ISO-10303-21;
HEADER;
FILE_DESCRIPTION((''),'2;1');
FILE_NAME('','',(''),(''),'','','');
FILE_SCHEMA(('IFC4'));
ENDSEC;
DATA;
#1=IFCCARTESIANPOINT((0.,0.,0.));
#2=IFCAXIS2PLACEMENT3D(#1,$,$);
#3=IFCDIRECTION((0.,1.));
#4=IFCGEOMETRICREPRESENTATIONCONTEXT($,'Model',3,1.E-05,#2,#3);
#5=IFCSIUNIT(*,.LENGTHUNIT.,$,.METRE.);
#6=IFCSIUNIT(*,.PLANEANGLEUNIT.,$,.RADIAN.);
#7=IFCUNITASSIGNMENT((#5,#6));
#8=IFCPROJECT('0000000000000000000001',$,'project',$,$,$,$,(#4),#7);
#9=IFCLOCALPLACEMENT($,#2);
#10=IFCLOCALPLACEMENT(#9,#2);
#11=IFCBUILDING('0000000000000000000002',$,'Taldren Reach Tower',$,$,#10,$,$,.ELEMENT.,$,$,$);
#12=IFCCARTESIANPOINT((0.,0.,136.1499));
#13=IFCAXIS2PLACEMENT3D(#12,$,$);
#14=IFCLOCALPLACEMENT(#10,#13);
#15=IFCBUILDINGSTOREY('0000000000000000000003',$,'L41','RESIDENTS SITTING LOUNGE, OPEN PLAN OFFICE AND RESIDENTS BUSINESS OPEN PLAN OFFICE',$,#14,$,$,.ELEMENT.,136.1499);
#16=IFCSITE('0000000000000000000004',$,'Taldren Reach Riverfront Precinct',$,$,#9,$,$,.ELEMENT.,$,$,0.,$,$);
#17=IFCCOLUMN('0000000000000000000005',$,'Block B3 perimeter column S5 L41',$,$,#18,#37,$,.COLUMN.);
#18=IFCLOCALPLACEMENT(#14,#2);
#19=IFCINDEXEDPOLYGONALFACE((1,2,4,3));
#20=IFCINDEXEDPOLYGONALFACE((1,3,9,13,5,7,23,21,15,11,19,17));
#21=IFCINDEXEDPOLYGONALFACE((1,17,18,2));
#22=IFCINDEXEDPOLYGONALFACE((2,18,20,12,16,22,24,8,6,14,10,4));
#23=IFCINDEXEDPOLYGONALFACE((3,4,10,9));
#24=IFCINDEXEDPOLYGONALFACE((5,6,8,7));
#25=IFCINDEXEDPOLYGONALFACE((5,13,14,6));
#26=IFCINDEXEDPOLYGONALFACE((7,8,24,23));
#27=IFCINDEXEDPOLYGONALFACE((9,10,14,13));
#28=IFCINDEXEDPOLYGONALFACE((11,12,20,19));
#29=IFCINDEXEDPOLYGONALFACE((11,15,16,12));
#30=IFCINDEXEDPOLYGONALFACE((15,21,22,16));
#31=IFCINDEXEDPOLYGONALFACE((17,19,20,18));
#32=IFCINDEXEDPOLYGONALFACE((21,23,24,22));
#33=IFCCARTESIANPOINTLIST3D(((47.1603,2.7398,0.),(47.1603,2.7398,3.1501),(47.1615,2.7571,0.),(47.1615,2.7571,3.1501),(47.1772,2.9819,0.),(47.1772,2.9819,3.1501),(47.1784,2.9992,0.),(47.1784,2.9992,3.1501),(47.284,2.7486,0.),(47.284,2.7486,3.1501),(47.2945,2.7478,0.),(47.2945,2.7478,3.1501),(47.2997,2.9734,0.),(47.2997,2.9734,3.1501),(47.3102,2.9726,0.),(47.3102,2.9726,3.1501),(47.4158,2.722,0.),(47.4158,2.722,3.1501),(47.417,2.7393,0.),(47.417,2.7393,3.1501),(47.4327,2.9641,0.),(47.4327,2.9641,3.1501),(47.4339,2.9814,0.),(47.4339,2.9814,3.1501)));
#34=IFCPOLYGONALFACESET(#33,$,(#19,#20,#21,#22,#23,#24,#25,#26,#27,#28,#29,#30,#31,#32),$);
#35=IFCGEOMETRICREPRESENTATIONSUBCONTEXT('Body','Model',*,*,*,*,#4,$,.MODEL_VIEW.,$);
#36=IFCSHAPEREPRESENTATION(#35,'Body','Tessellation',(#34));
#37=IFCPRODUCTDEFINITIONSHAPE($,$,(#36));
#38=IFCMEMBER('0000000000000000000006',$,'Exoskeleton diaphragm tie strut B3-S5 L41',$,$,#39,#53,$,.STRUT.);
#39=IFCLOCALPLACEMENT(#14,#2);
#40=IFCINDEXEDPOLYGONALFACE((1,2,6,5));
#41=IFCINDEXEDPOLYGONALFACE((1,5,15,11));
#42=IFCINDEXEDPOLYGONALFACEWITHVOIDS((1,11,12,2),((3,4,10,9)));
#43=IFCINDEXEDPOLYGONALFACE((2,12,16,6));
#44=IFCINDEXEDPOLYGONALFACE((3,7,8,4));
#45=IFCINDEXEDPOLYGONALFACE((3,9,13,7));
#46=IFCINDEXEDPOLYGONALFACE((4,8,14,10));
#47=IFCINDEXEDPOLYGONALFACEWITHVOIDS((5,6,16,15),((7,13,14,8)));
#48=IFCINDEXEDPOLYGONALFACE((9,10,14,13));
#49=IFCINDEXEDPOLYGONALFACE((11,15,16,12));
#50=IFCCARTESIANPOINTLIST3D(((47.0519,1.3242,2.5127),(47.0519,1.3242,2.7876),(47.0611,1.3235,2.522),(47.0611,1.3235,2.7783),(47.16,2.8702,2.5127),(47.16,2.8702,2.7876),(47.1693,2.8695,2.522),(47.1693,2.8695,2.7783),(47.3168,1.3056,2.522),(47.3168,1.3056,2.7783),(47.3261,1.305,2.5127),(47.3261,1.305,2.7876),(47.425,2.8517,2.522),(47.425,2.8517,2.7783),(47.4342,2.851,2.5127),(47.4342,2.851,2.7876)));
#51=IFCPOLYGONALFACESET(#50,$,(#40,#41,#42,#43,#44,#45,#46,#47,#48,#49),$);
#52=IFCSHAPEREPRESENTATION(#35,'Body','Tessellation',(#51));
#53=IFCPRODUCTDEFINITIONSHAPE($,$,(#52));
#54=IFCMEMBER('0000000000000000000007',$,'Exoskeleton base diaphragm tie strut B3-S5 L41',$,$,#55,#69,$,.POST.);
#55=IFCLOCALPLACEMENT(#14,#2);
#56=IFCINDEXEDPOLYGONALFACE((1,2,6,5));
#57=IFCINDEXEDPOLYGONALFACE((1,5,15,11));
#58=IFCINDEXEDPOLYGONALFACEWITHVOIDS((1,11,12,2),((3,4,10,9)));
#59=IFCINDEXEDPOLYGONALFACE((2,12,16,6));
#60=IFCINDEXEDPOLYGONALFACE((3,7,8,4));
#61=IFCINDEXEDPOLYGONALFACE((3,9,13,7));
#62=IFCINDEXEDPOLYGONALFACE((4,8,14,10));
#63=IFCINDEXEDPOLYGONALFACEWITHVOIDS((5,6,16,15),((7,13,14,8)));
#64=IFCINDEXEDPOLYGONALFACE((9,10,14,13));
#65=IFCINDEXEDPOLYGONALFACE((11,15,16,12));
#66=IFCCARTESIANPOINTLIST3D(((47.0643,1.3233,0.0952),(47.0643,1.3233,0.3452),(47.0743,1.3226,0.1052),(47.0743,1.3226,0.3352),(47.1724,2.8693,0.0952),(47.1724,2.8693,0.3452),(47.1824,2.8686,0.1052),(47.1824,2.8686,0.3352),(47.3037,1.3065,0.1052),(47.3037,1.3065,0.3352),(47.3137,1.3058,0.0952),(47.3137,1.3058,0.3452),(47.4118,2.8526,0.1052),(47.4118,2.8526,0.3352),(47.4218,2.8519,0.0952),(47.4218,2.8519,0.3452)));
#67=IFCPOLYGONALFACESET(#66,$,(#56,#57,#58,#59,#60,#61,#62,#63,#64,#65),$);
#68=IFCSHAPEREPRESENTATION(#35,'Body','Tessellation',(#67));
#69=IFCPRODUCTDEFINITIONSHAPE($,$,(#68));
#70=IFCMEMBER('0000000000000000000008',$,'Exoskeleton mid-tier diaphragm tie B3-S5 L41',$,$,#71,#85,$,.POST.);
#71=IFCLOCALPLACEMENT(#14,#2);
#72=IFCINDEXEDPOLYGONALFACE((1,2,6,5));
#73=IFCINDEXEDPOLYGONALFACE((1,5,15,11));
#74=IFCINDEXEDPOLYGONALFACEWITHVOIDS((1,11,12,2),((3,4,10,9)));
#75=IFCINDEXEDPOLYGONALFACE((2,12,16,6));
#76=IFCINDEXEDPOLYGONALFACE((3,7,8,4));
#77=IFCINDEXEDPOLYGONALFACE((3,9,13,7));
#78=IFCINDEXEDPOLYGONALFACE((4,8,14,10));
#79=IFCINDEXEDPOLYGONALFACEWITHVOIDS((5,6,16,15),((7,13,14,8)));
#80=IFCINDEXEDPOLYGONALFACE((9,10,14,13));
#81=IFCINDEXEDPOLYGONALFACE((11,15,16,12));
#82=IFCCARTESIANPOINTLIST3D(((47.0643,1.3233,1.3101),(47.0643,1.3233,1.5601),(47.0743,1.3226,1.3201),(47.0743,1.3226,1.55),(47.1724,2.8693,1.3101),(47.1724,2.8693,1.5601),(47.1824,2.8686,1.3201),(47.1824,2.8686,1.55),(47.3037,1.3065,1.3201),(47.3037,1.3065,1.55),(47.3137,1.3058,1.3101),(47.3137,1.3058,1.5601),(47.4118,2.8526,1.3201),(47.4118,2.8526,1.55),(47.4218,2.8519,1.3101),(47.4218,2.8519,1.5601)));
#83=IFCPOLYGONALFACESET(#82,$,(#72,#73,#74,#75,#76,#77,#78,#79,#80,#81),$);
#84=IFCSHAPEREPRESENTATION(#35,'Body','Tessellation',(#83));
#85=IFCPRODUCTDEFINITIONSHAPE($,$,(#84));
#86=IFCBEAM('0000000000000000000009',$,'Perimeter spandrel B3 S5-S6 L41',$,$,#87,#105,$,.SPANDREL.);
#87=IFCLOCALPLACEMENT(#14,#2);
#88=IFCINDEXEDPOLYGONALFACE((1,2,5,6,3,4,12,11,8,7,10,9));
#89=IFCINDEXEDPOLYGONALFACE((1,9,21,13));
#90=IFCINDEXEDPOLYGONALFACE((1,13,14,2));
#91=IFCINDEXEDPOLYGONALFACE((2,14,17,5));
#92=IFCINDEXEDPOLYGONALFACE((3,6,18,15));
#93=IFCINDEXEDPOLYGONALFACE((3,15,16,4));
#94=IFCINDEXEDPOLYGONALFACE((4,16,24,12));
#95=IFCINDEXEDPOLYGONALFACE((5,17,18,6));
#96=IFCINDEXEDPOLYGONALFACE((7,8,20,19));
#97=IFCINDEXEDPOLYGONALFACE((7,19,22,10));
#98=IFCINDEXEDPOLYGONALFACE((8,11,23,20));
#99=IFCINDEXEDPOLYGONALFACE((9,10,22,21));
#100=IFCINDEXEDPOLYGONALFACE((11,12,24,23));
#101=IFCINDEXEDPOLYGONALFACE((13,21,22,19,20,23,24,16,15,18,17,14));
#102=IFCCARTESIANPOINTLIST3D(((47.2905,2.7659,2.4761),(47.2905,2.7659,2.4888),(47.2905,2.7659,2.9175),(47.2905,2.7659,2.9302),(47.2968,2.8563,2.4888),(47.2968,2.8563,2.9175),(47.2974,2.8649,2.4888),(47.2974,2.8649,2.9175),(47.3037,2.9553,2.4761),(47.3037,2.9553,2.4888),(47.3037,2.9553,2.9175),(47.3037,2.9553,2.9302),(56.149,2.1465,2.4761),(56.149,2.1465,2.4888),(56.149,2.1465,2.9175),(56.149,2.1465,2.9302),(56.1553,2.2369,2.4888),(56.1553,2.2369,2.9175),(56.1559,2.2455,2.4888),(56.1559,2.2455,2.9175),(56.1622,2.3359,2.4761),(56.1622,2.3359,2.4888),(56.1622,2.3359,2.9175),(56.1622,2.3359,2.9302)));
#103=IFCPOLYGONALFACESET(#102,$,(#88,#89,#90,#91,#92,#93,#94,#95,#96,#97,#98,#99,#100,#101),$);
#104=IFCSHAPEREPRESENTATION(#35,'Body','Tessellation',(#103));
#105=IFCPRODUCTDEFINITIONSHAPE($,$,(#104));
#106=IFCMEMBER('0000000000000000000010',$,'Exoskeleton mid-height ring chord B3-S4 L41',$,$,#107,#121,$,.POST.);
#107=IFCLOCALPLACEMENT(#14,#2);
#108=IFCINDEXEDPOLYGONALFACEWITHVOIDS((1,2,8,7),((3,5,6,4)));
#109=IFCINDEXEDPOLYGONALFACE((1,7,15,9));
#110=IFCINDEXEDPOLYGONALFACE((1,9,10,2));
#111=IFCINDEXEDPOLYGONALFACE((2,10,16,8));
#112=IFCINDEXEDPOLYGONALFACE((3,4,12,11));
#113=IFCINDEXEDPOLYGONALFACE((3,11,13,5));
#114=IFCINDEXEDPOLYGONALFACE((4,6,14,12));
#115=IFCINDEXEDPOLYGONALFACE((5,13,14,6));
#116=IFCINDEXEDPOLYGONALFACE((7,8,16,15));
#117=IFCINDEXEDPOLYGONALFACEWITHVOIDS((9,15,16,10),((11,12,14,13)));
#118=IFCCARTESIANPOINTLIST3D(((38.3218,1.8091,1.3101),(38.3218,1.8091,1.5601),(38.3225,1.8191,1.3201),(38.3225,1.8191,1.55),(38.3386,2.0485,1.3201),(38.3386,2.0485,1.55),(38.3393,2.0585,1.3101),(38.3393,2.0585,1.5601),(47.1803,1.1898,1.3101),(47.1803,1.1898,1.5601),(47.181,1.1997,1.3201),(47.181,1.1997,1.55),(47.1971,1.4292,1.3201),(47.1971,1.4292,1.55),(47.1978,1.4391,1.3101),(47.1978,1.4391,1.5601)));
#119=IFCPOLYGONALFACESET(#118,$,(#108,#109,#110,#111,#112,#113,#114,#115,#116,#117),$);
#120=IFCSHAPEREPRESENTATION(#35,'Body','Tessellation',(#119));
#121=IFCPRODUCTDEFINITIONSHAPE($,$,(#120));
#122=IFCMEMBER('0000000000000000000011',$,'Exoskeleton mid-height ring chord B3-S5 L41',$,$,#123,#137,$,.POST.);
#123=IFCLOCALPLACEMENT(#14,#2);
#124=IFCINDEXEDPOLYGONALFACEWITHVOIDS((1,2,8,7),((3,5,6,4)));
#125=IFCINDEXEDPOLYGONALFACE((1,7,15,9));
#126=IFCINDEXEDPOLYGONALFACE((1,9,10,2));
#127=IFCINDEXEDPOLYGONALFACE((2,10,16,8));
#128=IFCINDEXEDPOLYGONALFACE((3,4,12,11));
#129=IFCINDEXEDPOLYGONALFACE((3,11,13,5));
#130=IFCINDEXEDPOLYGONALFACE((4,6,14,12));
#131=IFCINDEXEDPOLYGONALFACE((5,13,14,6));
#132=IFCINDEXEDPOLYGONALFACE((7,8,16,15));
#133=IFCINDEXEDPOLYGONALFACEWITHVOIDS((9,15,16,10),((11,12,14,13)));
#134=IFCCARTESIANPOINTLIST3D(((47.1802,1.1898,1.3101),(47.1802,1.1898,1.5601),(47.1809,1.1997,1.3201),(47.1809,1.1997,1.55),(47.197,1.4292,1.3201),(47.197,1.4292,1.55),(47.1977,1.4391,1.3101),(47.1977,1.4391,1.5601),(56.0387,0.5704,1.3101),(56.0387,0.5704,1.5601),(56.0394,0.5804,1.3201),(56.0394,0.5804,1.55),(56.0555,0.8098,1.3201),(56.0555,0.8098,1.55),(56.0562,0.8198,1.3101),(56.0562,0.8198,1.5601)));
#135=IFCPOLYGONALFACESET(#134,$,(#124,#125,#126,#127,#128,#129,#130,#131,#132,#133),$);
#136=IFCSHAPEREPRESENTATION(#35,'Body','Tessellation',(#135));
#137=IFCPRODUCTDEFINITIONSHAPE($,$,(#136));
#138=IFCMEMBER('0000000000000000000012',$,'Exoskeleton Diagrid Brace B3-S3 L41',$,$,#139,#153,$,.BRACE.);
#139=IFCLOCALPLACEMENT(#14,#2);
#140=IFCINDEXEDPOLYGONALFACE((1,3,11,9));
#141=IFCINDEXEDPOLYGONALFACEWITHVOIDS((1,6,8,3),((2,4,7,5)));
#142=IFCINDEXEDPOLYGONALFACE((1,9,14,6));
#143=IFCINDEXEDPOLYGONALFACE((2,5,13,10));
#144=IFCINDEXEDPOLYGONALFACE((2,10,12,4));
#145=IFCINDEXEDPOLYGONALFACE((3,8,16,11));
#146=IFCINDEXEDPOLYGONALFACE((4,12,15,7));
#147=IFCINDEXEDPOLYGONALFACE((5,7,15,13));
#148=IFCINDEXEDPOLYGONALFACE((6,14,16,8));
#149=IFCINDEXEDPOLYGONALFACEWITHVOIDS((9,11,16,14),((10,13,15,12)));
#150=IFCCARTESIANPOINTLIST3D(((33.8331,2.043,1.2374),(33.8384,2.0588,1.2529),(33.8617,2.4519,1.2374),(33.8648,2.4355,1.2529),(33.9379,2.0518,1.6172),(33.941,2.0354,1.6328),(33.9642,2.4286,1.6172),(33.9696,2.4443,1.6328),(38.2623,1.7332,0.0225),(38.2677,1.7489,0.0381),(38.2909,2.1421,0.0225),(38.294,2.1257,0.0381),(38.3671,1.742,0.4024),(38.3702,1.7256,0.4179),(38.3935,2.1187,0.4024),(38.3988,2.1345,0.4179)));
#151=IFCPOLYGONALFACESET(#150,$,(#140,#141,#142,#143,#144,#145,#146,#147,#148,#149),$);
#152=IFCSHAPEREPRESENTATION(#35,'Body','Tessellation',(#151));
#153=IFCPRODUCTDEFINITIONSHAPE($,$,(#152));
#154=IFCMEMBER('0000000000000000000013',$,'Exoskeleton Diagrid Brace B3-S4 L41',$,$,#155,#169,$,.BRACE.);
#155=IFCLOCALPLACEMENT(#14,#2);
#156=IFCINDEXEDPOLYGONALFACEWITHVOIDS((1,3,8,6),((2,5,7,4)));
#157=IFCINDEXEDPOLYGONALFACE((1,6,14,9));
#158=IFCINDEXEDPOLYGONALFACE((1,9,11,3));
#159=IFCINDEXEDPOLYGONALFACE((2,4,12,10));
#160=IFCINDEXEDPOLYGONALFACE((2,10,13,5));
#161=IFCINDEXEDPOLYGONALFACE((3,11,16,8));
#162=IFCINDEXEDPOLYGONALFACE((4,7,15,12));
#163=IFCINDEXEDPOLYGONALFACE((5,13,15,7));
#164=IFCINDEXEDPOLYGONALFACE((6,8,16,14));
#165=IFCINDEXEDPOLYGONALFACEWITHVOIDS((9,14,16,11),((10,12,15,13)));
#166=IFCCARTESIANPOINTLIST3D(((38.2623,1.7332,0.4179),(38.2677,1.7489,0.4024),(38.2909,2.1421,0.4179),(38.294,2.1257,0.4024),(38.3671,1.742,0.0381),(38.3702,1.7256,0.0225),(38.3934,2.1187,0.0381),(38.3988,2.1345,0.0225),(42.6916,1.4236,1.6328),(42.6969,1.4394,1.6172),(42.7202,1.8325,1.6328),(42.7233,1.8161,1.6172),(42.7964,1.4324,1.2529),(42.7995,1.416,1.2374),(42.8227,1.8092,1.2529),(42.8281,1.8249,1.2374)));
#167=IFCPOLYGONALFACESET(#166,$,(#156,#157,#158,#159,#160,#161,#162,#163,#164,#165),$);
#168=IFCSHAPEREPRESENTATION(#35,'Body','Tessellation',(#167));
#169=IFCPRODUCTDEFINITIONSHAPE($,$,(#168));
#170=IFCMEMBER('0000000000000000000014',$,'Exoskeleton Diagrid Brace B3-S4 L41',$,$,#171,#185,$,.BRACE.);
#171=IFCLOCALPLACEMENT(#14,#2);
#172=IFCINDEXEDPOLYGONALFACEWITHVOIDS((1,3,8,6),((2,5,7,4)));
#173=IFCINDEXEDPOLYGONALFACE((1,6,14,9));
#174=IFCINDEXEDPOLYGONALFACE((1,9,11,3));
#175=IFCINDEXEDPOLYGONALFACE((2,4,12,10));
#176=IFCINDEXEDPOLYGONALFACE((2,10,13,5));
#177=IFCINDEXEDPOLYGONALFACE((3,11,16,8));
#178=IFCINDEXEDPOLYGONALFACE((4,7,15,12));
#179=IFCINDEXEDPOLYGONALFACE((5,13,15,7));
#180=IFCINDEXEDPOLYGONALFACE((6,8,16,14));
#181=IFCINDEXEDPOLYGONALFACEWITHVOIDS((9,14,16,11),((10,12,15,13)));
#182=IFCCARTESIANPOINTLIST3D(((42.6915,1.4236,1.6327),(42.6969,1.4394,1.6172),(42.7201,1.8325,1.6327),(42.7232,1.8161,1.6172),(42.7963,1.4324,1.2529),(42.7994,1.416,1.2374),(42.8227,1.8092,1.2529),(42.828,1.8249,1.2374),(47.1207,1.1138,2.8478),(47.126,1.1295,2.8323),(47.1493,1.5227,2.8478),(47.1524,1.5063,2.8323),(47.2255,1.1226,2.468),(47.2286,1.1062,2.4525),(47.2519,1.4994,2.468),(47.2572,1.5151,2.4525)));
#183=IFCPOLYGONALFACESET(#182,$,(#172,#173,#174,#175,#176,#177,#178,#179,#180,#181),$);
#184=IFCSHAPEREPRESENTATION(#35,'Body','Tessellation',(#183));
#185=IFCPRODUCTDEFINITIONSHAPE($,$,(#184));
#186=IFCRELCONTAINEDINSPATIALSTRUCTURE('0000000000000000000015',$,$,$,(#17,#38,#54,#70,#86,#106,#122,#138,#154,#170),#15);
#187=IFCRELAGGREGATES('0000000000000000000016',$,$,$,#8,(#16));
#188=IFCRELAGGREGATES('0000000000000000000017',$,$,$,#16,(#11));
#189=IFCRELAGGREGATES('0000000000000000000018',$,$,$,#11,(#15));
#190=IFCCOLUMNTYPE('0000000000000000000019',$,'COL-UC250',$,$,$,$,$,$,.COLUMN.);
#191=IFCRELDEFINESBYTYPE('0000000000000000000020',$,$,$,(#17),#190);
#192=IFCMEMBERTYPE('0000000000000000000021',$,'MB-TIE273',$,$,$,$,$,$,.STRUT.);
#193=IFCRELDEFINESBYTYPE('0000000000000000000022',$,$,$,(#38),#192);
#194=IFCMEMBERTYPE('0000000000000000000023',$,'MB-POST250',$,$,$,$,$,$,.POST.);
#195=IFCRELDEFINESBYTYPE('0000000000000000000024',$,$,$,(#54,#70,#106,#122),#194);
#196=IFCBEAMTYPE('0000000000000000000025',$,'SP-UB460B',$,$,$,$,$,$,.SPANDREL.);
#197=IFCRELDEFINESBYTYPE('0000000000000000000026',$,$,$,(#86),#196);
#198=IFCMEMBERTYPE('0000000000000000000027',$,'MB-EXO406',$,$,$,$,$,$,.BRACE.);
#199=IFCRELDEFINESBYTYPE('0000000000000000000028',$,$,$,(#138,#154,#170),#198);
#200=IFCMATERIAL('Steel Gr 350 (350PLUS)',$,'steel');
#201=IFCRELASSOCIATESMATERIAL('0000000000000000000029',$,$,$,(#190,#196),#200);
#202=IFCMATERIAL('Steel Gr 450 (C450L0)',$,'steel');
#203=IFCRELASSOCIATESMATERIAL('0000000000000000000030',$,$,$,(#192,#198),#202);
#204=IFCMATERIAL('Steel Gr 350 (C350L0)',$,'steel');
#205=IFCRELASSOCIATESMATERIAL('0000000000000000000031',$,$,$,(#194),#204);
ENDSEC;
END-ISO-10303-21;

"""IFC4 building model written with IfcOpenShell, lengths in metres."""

from ifc_helpers import new_model, si_unit, direction, frame, origin, origin_2d, place, context, subcontext, project, spatial, hollow_rectangle, i_section, extrude, source, transform, mapped, material, material_profile, profile_set, type_object, element, save


model = new_model("IFC4")

# Units and contexts
model_context = context("Model", 3, precision=1e-05, world=origin(), true_north=direction((0.0, 1.0)))
body_context = subcontext(model_context, "Body", "Model", "MODEL_VIEW")
ifc_project = project(units=[si_unit("LENGTHUNIT", "METRE"), si_unit("PLANEANGLEUNIT", "RADIAN")], contexts=[model_context])

# Site, building, storey
site_placement = place(None, origin())
site = spatial("IfcSite", under=ifc_project, at=site_placement, Name="Taldren Reach Riverfront Precinct", CompositionType="ELEMENT", RefElevation=0.0)
building_placement = place(site_placement, origin())
building = spatial("IfcBuilding", under=site, at=building_placement, Name="Taldren Reach Tower", CompositionType="ELEMENT")
storey_placement = place(building_placement, frame((0.0, 0.0, 136.1499)))
storey = spatial("IfcBuildingStorey", under=building, at=storey_placement, Name="L41", Description="RESIDENTS SITTING LOUNGE, OPEN PLAN OFFICE AND RESIDENTS BUSINESS OPEN PLAN OFFICE", CompositionType="ELEMENT", Elevation=136.1499)

# Column
ifc_material_1 = material(Name="Steel Gr 350 (350PLUS)", Category="steel")
ifc_material_profile_1 = material_profile(ifc_material_1, i_section(OverallWidth=0.2561, OverallDepth=0.26, WebThickness=0.0105, FlangeThickness=0.0173, at=origin_2d()), Name="250UC89.5")
ifc_profile_set_1 = profile_set([ifc_material_profile_1], Name="Steel Gr 350 (350PLUS)")
column_type = type_object("IfcColumnType", Name="COL-UC250", PredefinedType="COLUMN", material=ifc_profile_set_1)
shared_shape_1 = source(origin(), body_context, "Body", "SweptSolid", [
    extrude(i_section(OverallWidth=0.2561, OverallDepth=0.26, WebThickness=0.0105, FlangeThickness=0.0173, at=origin_2d()), origin(), (0.0, 0.0, 1.0), 3.1501),
])
column_placement = place(storey_placement, frame((47.2971, 2.8606, 0.0), z_axis=(0.0, 0.0, 1.0), x_axis=(0.997564, -0.069756, 0.0)))
element("IfcColumn", 1, at=column_placement, inside=storey, type_object=column_type, Name="Block B3 perimeter column S5 L41", PredefinedType="COLUMN", context=body_context, shape_type="MappedRepresentation", body=[
    mapped(shared_shape_1, transform((0.0, 0.0, 0.0), scale=1.0)),
])

# Members
ifc_material_2 = material(Name="Steel Gr 450 (C450L0)", Category="steel")
ifc_material_profile_2 = material_profile(ifc_material_2, hollow_rectangle(XDim=0.2749, YDim=0.2749, WallThickness=0.0093, at=origin_2d()), Name="275x275x9.3SHS")
ifc_profile_set_2 = profile_set([ifc_material_profile_2], Name="Steel Gr 450 (C450L0)")
member_type_1 = type_object("IfcMemberType", Name="MB-TIE273", PredefinedType="STRUT", material=ifc_profile_set_2)
shared_shape_2 = source(origin(), body_context, "Body", "SweptSolid", [
    extrude(hollow_rectangle(XDim=0.2749, YDim=0.2749, WallThickness=0.0093, at=origin_2d()), origin(), (0.0, 0.0, 1.0), 1.5498),
])
member_1_placement = place(storey_placement, frame((47.2971, 2.8606, 2.6501), z_axis=(-0.069781, -0.997562, 0.0), x_axis=(0.997562, -0.069781, 0.0)))
element("IfcMember", 2, at=member_1_placement, inside=storey, type_object=member_type_1, Name="Exoskeleton diaphragm tie strut B3-S5 L41", PredefinedType="STRUT", context=body_context, shape_type="MappedRepresentation", body=[
    mapped(shared_shape_2, transform((0.0, 0.0, 0.0), scale=1.0)),
])
ifc_material_3 = material(Name="Steel Gr 350 (C350L0)", Category="steel")
ifc_material_profile_3 = material_profile(ifc_material_3, hollow_rectangle(XDim=0.25, YDim=0.25, WallThickness=0.01, at=origin_2d()), Name="250x250x10.0SHS")
ifc_profile_set_3 = profile_set([ifc_material_profile_3], Name="Steel Gr 350 (C350L0)")
member_type_2 = type_object("IfcMemberType", Name="MB-POST250", PredefinedType="POST", material=ifc_profile_set_3)
shared_shape_3 = source(origin(), body_context, "Body", "SweptSolid", [
    extrude(hollow_rectangle(XDim=0.25, YDim=0.25, WallThickness=0.01, at=origin_2d()), origin(), (0.0, 0.0, 1.0), 1.5498),
])
for number, where, z_axis, x_axis, name in (
    (3, (47.2971, 2.8606, 0.2202), (-0.069781, -0.997562, 0.0), (0.997562, -0.069781, 0.0), "Exoskeleton base diaphragm tie strut B3-S5 L41"),
    (4, (47.2971, 2.8606, 1.4351), (-0.069781, -0.997562, 0.0), (0.997562, -0.069781, 0.0), "Exoskeleton mid-tier diaphragm tie B3-S5 L41"),
):
    element("IfcMember", number, at=place(storey_placement, frame(where, z_axis=z_axis, x_axis=x_axis)), inside=storey, type_object=member_type_2, Name=name, PredefinedType="POST", context=body_context, shape_type="MappedRepresentation", body=[
        mapped(shared_shape_3, transform((0.0, 0.0, 0.0), scale=1.0)),
    ])

# Beam
ifc_material_profile_4 = material_profile(ifc_material_1, i_section(OverallWidth=0.1899, OverallDepth=0.4541, WebThickness=0.0085, FlangeThickness=0.0127, at=origin_2d()), Name="460UB67.1")
ifc_profile_set_4 = profile_set([ifc_material_profile_4], Name="Steel Gr 350 (350PLUS)")
beam_type = type_object("IfcBeamType", Name="SP-UB460B", PredefinedType="SPANDREL", material=ifc_profile_set_4)
shared_shape_4 = source(origin(), body_context, "Body", "SweptSolid", [
    extrude(i_section(OverallWidth=0.1899, OverallDepth=0.4541, WebThickness=0.0085, FlangeThickness=0.0127, at=origin_2d()), origin(), (0.0, 0.0, 1.0), 8.8801),
])
beam_placement = place(storey_placement, frame((47.2971, 2.8606, 2.7031), z_axis=(0.997564, -0.06975, 0.0), x_axis=(0.06975, 0.997564, 0.0)))
element("IfcBeam", 5, at=beam_placement, inside=storey, type_object=beam_type, Name="Perimeter spandrel B3 S5-S6 L41", PredefinedType="SPANDREL", context=body_context, shape_type="MappedRepresentation", body=[
    mapped(shared_shape_4, transform((0.0, 0.0, 0.0), scale=1.0)),
])

# Members
shared_shape_5 = source(origin(), body_context, "Body", "SweptSolid", [
    extrude(hollow_rectangle(XDim=0.25, YDim=0.25, WallThickness=0.01, at=origin_2d()), origin(), (0.0, 0.0, 1.0), 8.8801),
])
for number, where, z_axis, x_axis, name in (
    (6, (38.3306, 1.9338, 1.4351), (0.997564, -0.06975, 0.0), (0.06975, 0.997564, 0.0), "Exoskeleton mid-height ring chord B3-S4 L41"),
    (7, (47.189, 1.3145, 1.4351), (0.997564, -0.06975, 0.0), (0.06975, 0.997564, 0.0), "Exoskeleton mid-height ring chord B3-S5 L41"),
):
    element("IfcMember", number, at=place(storey_placement, frame(where, z_axis=z_axis, x_axis=x_axis)), inside=storey, type_object=member_type_2, Name=name, PredefinedType="POST", context=body_context, shape_type="MappedRepresentation", body=[
        mapped(shared_shape_5, transform((0.0, 0.0, 0.0), scale=1.0)),
    ])
ifc_material_profile_5 = material_profile(ifc_material_2, hollow_rectangle(XDim=0.4099, YDim=0.4099, WallThickness=0.0161, at=origin_2d()), Name="410x410x16.0SHS")
ifc_profile_set_5 = profile_set([ifc_material_profile_5], Name="Steel Gr 450 (C450L0)")
member_type_3 = type_object("IfcMemberType", Name="MB-EXO406", PredefinedType="BRACE", material=ifc_profile_set_5)
shared_shape_6 = source(origin(), body_context, "Body", "SweptSolid", [
    extrude(hollow_rectangle(XDim=0.4099, YDim=0.4099, WallThickness=0.0161, at=origin_2d()), origin(), (0.0, 0.0, 1.0), 4.6033),
])
for number, where, z_axis, x_axis, name in (
    (8, (38.3306, 1.9338, 0.2202), (-0.962196, 0.067304, 0.263912), (-0.069778, -0.997563, 0.0), "Exoskeleton Diagrid Brace B3-S3 L41"),
    (9, (38.3306, 1.9338, 0.2202), (0.962199, -0.067251, 0.263913), (0.069723, 0.997566, 0.0), "Exoskeleton Diagrid Brace B3-S4 L41"),
    (10, (42.7598, 1.6243, 1.4351), (0.962182, -0.067303, 0.263961), (0.069778, 0.997563, 0.0), "Exoskeleton Diagrid Brace B3-S4 L41"),
):
    element("IfcMember", number, at=place(storey_placement, frame(where, z_axis=z_axis, x_axis=x_axis)), inside=storey, type_object=member_type_3, Name=name, PredefinedType="BRACE", context=body_context, shape_type="MappedRepresentation", body=[
        mapped(shared_shape_6, transform((0.0, 0.0, 0.0), scale=1.0)),
    ])

save(model, "model.ifc")
